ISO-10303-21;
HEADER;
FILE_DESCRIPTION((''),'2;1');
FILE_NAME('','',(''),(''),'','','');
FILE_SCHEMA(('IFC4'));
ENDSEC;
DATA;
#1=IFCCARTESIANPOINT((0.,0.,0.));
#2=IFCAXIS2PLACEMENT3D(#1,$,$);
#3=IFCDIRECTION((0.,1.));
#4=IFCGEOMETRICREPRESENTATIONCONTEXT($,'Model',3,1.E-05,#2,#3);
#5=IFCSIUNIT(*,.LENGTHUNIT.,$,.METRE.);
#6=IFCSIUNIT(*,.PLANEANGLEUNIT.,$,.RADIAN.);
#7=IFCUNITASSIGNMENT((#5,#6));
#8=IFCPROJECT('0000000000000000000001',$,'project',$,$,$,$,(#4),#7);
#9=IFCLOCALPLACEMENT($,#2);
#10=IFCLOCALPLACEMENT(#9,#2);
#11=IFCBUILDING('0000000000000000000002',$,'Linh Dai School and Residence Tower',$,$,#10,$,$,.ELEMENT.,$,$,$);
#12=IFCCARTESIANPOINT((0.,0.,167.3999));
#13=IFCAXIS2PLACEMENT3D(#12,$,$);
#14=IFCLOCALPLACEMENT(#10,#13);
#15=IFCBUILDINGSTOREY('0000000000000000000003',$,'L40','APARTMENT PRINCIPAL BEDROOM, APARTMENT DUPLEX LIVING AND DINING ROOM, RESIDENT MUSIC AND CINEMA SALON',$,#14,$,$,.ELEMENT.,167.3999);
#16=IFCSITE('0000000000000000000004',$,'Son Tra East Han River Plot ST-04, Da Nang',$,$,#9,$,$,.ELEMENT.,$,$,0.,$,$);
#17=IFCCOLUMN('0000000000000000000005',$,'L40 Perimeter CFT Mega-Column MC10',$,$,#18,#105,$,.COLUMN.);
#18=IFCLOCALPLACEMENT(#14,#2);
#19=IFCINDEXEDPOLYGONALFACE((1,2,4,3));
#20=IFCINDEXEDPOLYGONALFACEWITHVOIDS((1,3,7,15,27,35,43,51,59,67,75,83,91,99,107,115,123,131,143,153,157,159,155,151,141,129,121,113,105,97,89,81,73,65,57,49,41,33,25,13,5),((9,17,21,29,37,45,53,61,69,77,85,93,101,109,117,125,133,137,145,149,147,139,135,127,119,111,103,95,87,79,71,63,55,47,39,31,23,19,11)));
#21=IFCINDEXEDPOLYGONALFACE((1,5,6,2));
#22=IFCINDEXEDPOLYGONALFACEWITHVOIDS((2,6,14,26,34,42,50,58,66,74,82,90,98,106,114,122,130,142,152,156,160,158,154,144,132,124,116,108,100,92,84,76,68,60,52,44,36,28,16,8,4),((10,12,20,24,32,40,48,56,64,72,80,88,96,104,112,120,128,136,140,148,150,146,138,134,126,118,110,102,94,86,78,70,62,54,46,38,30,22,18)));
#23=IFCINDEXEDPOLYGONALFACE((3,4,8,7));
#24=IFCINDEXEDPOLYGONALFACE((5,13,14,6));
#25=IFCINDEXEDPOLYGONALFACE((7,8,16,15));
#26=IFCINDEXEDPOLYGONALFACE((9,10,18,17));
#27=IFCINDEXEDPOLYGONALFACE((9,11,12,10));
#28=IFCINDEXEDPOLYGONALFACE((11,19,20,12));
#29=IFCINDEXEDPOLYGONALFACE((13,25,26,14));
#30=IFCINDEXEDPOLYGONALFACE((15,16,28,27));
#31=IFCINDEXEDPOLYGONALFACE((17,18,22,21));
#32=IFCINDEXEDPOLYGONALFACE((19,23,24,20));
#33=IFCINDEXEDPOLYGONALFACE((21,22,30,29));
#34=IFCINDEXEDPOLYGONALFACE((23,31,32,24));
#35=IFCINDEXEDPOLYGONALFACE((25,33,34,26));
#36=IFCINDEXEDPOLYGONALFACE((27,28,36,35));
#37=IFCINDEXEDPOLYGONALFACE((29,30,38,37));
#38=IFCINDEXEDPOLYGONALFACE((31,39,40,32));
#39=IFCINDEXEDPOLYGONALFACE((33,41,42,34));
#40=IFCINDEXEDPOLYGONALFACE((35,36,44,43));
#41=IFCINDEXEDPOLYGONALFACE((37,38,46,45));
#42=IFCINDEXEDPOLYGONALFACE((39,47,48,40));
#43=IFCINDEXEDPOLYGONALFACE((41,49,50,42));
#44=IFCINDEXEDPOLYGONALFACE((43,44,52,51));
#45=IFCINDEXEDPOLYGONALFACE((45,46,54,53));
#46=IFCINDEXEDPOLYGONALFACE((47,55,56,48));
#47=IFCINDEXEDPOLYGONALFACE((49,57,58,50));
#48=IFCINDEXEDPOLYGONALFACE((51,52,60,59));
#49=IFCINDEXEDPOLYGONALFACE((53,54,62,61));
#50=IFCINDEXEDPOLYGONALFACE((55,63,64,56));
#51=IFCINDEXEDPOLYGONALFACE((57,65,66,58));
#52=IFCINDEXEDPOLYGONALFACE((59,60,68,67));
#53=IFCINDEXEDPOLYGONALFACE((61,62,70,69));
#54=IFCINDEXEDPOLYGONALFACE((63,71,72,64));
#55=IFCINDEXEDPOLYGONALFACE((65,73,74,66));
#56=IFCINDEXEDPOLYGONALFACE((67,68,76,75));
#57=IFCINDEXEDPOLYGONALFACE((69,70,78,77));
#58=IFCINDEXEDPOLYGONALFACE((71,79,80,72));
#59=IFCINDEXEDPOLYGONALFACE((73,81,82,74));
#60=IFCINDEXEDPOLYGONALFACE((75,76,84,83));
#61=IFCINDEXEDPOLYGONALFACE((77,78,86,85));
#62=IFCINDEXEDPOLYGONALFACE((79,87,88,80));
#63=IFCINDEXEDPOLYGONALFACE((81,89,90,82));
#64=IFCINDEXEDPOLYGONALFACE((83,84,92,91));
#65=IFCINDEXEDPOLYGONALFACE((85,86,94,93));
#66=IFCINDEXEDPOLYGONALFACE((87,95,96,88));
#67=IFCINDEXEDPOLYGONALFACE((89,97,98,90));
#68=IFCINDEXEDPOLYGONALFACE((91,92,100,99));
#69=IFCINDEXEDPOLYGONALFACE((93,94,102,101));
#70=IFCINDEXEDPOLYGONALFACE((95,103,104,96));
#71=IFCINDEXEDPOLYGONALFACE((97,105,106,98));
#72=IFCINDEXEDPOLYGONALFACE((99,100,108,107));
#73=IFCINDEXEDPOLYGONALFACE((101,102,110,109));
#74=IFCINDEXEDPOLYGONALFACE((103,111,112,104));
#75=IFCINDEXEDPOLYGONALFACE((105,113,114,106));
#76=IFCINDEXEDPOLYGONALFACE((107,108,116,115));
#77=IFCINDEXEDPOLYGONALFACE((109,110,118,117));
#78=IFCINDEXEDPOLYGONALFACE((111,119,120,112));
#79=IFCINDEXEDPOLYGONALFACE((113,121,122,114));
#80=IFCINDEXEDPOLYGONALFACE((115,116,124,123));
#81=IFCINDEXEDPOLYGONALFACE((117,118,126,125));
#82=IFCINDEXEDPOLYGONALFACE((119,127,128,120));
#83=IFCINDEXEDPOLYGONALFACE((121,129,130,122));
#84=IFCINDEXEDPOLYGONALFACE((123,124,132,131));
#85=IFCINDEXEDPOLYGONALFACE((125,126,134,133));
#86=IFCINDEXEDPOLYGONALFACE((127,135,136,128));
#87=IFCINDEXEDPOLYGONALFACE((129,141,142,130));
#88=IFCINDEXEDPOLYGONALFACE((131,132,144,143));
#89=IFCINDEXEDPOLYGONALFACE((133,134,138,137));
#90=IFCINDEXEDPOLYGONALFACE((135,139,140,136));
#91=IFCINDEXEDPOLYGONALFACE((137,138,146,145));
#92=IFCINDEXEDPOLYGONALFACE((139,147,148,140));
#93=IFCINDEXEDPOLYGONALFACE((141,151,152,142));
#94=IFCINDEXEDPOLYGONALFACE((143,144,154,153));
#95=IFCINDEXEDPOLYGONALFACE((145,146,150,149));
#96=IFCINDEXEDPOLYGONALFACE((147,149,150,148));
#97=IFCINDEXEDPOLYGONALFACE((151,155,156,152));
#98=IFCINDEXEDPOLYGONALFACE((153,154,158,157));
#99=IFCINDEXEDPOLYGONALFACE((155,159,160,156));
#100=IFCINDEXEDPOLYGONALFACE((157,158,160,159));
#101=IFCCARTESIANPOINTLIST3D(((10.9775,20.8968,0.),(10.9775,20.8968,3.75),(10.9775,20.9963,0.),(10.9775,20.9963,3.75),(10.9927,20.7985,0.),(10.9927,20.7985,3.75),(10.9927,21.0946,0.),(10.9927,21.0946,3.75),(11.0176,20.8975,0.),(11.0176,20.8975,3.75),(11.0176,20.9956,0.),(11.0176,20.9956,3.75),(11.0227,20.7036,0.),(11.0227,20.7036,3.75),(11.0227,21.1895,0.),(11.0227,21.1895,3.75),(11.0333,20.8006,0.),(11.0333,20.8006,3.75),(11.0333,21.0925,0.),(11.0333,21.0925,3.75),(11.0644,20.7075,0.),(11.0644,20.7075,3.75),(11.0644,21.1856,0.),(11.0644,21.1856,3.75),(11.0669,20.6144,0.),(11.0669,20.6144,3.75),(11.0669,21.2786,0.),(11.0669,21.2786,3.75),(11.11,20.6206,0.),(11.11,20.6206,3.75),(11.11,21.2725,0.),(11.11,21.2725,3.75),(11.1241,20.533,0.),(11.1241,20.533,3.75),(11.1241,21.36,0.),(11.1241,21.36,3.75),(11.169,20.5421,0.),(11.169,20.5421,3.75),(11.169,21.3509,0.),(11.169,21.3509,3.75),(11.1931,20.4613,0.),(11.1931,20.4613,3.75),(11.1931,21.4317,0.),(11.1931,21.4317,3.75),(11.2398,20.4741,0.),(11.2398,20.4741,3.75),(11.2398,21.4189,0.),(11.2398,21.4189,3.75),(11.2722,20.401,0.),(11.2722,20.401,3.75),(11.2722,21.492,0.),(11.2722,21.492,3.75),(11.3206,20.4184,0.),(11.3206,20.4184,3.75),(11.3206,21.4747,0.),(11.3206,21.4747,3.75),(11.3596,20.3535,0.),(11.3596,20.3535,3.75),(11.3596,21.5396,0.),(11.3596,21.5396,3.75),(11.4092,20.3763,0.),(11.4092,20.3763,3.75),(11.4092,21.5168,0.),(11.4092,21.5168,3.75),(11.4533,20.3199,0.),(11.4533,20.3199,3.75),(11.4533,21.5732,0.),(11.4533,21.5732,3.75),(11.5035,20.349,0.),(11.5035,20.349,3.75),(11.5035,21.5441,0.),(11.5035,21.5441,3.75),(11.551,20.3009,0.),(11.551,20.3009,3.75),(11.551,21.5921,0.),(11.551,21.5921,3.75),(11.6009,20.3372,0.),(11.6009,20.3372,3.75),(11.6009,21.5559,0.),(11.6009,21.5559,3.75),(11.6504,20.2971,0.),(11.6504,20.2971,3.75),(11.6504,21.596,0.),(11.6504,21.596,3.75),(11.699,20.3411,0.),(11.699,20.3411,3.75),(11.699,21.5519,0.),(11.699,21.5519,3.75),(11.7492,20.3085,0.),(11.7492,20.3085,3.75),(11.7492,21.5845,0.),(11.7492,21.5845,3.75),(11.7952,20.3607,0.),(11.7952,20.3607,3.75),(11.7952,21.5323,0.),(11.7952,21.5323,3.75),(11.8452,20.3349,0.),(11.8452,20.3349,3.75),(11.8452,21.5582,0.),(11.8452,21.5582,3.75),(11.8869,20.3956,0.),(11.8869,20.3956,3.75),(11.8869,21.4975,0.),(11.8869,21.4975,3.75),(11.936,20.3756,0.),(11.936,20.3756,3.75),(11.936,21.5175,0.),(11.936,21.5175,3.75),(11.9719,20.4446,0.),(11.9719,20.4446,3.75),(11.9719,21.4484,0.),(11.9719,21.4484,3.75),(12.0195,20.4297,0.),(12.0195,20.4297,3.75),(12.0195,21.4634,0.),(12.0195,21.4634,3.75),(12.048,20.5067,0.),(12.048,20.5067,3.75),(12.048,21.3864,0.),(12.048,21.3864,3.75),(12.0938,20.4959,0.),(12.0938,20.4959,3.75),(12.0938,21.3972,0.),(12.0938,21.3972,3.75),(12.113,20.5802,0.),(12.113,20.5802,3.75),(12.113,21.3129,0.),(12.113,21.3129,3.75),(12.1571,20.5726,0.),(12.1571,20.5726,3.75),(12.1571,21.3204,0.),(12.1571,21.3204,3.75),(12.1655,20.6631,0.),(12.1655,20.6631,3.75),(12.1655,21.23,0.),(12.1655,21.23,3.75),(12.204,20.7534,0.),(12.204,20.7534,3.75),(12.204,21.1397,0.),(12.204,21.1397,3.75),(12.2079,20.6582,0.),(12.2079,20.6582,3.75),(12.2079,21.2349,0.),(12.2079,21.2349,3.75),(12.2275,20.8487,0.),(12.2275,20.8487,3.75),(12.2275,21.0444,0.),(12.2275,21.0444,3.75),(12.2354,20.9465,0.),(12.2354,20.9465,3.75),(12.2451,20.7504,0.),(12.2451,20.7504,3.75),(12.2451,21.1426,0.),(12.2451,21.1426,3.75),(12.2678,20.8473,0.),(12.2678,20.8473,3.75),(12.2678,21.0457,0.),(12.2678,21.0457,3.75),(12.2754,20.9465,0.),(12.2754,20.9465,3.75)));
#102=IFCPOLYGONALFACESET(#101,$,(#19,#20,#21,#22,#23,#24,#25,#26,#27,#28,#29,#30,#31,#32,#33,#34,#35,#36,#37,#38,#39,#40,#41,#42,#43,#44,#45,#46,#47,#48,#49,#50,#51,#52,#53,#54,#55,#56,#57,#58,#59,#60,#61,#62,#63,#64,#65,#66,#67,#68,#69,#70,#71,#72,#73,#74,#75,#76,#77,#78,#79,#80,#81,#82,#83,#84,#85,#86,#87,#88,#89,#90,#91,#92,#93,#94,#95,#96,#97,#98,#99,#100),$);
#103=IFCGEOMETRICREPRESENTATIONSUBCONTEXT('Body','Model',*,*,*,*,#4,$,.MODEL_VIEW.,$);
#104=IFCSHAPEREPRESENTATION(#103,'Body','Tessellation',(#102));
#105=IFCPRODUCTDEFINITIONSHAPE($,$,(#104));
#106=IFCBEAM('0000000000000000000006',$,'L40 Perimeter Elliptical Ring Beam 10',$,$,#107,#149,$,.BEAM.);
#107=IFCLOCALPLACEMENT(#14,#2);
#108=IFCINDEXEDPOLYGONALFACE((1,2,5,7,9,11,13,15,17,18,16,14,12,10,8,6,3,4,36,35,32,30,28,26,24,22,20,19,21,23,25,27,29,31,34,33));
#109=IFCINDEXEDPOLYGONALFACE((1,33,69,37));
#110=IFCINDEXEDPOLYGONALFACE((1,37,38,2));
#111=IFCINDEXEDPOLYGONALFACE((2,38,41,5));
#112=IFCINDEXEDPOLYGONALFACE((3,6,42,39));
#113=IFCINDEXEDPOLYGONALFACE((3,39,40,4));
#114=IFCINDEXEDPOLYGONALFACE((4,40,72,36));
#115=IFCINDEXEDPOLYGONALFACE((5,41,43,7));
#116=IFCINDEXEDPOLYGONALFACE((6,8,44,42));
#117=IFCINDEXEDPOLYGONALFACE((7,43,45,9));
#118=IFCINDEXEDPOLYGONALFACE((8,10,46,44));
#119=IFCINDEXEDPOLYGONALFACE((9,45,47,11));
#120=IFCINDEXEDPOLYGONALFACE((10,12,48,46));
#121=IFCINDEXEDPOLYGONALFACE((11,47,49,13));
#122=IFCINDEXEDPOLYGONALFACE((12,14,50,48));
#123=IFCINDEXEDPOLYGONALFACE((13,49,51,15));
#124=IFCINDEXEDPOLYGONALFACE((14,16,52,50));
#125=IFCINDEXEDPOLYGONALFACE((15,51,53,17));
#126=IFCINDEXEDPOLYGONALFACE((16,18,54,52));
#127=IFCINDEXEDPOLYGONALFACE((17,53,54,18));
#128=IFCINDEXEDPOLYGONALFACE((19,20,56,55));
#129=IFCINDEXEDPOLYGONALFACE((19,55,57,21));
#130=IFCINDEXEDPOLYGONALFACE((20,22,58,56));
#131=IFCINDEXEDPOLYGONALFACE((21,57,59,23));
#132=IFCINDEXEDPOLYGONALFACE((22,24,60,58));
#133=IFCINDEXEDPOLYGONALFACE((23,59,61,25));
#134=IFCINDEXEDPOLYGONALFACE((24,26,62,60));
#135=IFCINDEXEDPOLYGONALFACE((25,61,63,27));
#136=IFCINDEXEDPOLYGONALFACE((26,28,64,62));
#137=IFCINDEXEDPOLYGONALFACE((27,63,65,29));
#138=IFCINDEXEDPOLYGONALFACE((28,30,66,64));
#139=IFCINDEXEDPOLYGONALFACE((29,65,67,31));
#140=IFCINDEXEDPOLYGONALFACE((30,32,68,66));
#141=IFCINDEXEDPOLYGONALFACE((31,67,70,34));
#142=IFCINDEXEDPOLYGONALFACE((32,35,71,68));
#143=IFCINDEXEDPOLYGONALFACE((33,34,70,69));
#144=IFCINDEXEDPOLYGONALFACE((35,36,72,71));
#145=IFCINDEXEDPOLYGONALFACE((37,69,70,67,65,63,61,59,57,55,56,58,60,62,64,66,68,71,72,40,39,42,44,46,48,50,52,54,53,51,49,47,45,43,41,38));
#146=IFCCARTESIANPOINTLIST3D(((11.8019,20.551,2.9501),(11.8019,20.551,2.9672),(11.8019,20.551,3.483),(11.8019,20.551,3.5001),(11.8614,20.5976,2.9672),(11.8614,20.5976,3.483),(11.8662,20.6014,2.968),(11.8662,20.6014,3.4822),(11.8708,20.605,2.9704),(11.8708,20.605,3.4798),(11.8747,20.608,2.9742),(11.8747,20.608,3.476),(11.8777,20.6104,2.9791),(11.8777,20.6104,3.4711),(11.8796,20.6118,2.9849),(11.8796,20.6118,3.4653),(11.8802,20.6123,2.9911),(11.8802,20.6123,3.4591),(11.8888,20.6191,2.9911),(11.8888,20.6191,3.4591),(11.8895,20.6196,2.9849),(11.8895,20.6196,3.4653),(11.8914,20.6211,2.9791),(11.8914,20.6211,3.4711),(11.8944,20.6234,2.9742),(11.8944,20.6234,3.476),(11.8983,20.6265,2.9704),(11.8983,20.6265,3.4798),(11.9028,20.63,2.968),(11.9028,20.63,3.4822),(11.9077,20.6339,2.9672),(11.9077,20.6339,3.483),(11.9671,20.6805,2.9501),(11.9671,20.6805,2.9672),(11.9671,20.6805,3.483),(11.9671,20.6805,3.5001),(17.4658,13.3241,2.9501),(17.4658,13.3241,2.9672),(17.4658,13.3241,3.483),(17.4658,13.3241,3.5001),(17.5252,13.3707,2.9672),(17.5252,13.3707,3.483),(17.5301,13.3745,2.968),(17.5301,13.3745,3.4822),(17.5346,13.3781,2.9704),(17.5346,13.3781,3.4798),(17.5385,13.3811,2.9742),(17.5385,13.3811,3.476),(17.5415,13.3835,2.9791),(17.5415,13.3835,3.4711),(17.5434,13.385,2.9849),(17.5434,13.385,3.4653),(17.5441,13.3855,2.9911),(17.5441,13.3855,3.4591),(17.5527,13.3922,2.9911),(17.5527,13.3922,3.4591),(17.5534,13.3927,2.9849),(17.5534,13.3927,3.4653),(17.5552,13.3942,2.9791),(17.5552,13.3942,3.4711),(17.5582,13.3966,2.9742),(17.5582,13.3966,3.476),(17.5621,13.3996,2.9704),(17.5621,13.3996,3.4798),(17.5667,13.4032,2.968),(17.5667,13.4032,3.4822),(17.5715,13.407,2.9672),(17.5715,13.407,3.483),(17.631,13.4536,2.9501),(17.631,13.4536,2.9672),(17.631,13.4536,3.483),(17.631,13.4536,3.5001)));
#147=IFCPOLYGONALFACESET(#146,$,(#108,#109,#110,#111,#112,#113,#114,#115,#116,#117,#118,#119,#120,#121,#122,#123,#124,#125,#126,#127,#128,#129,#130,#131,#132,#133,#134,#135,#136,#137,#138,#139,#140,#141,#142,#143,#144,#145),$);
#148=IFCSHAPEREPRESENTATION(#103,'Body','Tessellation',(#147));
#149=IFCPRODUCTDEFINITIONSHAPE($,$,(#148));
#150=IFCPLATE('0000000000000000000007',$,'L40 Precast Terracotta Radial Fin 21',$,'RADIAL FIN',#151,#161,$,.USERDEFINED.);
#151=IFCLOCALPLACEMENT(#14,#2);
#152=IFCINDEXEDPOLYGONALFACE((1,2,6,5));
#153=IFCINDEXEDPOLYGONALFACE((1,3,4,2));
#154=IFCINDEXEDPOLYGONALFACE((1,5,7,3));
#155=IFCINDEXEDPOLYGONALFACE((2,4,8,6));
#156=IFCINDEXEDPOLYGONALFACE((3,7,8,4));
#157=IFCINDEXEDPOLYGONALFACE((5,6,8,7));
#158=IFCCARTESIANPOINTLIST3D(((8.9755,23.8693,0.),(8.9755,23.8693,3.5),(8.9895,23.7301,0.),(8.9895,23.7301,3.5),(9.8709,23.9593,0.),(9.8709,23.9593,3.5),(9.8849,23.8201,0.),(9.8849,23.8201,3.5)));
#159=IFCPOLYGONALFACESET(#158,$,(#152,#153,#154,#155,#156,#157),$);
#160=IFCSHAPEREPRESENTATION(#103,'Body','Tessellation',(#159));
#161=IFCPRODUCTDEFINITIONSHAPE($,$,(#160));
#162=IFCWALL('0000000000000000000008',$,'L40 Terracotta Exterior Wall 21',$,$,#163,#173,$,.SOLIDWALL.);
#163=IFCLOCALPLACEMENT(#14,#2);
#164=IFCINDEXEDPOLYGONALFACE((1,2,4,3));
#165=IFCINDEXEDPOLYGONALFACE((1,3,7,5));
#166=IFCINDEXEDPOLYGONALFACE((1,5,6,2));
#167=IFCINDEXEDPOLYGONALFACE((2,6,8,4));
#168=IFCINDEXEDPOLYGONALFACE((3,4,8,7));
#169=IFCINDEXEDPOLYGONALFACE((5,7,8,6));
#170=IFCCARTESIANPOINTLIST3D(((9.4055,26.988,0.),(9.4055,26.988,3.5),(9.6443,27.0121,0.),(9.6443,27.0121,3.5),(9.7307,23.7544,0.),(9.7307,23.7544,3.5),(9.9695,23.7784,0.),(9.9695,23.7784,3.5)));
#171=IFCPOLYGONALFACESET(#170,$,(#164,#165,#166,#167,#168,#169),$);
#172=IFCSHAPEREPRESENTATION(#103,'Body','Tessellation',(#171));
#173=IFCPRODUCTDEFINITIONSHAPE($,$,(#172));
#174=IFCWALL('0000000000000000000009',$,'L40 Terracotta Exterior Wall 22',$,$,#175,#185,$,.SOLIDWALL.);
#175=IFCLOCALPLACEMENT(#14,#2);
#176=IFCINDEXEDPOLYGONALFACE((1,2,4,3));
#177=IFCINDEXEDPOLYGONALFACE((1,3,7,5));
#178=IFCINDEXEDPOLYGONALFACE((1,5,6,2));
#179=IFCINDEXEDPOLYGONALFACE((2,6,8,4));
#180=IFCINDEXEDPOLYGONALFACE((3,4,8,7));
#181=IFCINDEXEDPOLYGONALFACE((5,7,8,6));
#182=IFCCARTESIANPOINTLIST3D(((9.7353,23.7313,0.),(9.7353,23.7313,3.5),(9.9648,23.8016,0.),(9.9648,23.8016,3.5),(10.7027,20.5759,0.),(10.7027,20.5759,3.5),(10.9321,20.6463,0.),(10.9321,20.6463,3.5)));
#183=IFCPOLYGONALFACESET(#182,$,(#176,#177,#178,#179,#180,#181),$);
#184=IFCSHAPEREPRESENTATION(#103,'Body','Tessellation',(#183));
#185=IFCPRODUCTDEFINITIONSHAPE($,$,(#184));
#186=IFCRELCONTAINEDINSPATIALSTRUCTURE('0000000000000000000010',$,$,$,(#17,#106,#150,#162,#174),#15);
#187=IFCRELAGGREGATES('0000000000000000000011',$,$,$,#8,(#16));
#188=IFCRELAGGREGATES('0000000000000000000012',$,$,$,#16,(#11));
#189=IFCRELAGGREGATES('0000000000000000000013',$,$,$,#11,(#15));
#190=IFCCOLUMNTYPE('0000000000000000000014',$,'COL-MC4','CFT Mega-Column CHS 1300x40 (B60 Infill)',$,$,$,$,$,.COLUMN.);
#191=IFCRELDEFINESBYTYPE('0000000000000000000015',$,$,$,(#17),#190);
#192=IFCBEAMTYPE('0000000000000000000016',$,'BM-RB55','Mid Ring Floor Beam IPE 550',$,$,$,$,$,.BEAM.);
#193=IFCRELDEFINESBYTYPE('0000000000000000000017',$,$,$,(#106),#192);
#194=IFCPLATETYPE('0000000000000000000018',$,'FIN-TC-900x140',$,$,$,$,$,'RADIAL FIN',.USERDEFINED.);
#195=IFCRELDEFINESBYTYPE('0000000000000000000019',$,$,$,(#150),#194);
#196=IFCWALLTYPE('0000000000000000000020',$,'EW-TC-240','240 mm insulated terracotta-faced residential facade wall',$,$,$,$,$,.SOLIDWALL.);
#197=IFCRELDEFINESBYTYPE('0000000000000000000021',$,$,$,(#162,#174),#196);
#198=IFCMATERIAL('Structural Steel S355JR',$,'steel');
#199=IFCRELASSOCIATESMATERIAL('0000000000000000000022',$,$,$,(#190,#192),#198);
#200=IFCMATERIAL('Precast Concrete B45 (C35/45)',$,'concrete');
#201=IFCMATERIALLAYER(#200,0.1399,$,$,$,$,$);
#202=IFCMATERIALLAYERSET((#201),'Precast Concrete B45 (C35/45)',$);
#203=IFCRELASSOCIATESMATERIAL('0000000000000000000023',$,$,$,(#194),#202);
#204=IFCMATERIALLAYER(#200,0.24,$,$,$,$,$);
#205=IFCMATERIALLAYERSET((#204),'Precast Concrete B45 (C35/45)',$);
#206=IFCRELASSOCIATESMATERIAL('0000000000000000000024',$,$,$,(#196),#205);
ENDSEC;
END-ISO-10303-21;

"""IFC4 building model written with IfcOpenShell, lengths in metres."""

from ifc_helpers import new_model, si_unit, direction, frame, frame_2d, origin, origin_2d, place, context, subcontext, project, spatial, rectangle, hollow_circle, i_section, extrude, source, transform, mapped, material, layer, layer_set, material_profile, profile_set, type_object, element, save


model = new_model("IFC4")

# Units and contexts
model_context = context("Model", 3, precision=1e-05, world=origin(), true_north=direction((0.0, 1.0)))
body_context = subcontext(model_context, "Body", "Model", "MODEL_VIEW")
ifc_project = project(units=[si_unit("LENGTHUNIT", "METRE"), si_unit("PLANEANGLEUNIT", "RADIAN")], contexts=[model_context])

# Site, building, storey
site_placement = place(None, origin())
site = spatial("IfcSite", under=ifc_project, at=site_placement, Name="Son Tra East Han River Plot ST-04, Da Nang", CompositionType="ELEMENT", RefElevation=0.0)
building_placement = place(site_placement, origin())
building = spatial("IfcBuilding", under=site, at=building_placement, Name="Linh Dai School and Residence Tower", CompositionType="ELEMENT")
storey_placement = place(building_placement, frame((0.0, 0.0, 167.3999)))
storey = spatial("IfcBuildingStorey", under=building, at=storey_placement, Name="L40", Description="APARTMENT PRINCIPAL BEDROOM, APARTMENT DUPLEX LIVING AND DINING ROOM, RESIDENT MUSIC AND CINEMA SALON", CompositionType="ELEMENT", Elevation=167.3999)

# Column
ifc_material_1 = material(Name="Structural Steel S355JR", Category="steel")
ifc_material_profile_1 = material_profile(ifc_material_1, hollow_circle(Radius=0.6499, WallThickness=0.04, at=origin_2d()), Name="CHS 1300x40")
ifc_profile_set_1 = profile_set([ifc_material_profile_1], Name="Structural Steel S355JR")
column_type = type_object("IfcColumnType", Name="COL-MC4", Description="CFT Mega-Column CHS 1300x40 (B60 Infill)", PredefinedType="COLUMN", material=ifc_profile_set_1)
column_placement = place(storey_placement, frame((11.6255, 20.9465, 0.0), z_axis=(0.0, 0.0, 1.0), x_axis=(1.0, 0.0, 0.0)))
element("IfcColumn", 1, at=column_placement, inside=storey, type_object=column_type, Name="L40 Perimeter CFT Mega-Column MC10", PredefinedType="COLUMN", context=body_context, shape_type="SweptSolid", body=[
    extrude(hollow_circle(Radius=0.6499, WallThickness=0.04, at=origin_2d()), origin(), (0.0, 0.0, 1.0), 3.75),
])

# Beam
ifc_material_profile_2 = material_profile(ifc_material_1, i_section(OverallWidth=0.21, OverallDepth=0.55, WebThickness=0.011, FlangeThickness=0.0171, FilletRadius=0.0239, at=origin_2d()), Name="IPE 550")
ifc_profile_set_2 = profile_set([ifc_material_profile_2], Name="Structural Steel S355JR")
beam_type = type_object("IfcBeamType", Name="BM-RB55", Description="Mid Ring Floor Beam IPE 550", PredefinedType="BEAM", material=ifc_profile_set_2)
beam_placement = place(storey_placement, frame((11.8845, 20.6157, 3.2251), z_axis=(0.616852, -0.787079, 0.0), x_axis=(0.787079, 0.616852, 0.0)))
element("IfcBeam", 2, at=beam_placement, inside=storey, type_object=beam_type, Name="L40 Perimeter Elliptical Ring Beam 10", PredefinedType="BEAM", context=body_context, shape_type="SweptSolid", body=[
    extrude(i_section(OverallWidth=0.21, OverallDepth=0.55, WebThickness=0.011, FlangeThickness=0.0171, FilletRadius=0.0239, at=origin_2d()), origin(), (0.0, 0.0, 1.0), 9.1819),
])

# Plate
ifc_material_2 = material(Name="Precast Concrete B45 (C35/45)", Category="concrete")
ifc_layer_1 = layer(ifc_material_2, 0.1399)
ifc_layer_set_1 = layer_set([ifc_layer_1], Name="Precast Concrete B45 (C35/45)")
plate_type = type_object("IfcPlateType", Name="FIN-TC-900x140", ElementType="RADIAL FIN", PredefinedType="USERDEFINED", material=ifc_layer_set_1)
shared_shape_1 = source(origin(), body_context, "Body", "SweptSolid", [
    extrude(rectangle(XDim=0.8999, YDim=0.1399, at=origin_2d()), origin(), (0.0, 0.0, 1.0), 3.5),
])
plate_placement = place(storey_placement, frame((9.4302, 23.8447, 0.0), z_axis=(0.0, 0.0, 1.0), x_axis=(-0.994987, -0.100002, 0.0)))
element("IfcPlate", 3, at=plate_placement, inside=storey, type_object=plate_type, Name="L40 Precast Terracotta Radial Fin 21", ObjectType="RADIAL FIN", PredefinedType="USERDEFINED", context=body_context, shape_type="MappedRepresentation", body=[
    mapped(shared_shape_1, transform((0.0, 0.0, 0.0), x_axis=(1.0, 0.0, 0.0), y_axis=(0.0, 1.0, 0.0), z_axis=(0.0, 0.0, 1.0), scale=1.0)),
])

# Walls
ifc_layer_2 = layer(ifc_material_2, 0.24)
ifc_layer_set_2 = layer_set([ifc_layer_2], Name="Precast Concrete B45 (C35/45)")
wall_type_1 = type_object("IfcWallType", Name="EW-TC-240", Description="240 mm insulated terracotta-faced residential facade wall", PredefinedType="SOLIDWALL", material=ifc_layer_set_2)
wall_1_placement = place(storey_placement, frame((9.8501, 23.7664, 0.0), z_axis=(0.0, 0.0, 1.0), x_axis=(-0.100062, 0.994981, 0.0)))
element("IfcWall", 4, at=wall_1_placement, inside=storey, type_object=wall_type_1, Name="L40 Terracotta Exterior Wall 21", PredefinedType="SOLIDWALL", context=body_context, shape_type="SweptSolid", body=[
    extrude(rectangle(XDim=3.25, YDim=0.24, at=frame_2d((1.625, 0.0))), origin(), (0.0, 0.0, 1.0), 3.5),
])
wall_2_placement = place(storey_placement, frame((10.8174, 20.6111, 0.0), z_axis=(0.0, 0.0, 1.0), x_axis=(-0.293098, 0.956082, 0.0)))
element("IfcWall", 5, at=wall_2_placement, inside=storey, type_object=wall_type_1, Name="L40 Terracotta Exterior Wall 22", PredefinedType="SOLIDWALL", context=body_context, shape_type="SweptSolid", body=[
    extrude(rectangle(XDim=3.3003, YDim=0.24, at=frame_2d((1.6501, 0.0))), origin(), (0.0, 0.0, 1.0), 3.5),
])

save(model, "model.ifc")
